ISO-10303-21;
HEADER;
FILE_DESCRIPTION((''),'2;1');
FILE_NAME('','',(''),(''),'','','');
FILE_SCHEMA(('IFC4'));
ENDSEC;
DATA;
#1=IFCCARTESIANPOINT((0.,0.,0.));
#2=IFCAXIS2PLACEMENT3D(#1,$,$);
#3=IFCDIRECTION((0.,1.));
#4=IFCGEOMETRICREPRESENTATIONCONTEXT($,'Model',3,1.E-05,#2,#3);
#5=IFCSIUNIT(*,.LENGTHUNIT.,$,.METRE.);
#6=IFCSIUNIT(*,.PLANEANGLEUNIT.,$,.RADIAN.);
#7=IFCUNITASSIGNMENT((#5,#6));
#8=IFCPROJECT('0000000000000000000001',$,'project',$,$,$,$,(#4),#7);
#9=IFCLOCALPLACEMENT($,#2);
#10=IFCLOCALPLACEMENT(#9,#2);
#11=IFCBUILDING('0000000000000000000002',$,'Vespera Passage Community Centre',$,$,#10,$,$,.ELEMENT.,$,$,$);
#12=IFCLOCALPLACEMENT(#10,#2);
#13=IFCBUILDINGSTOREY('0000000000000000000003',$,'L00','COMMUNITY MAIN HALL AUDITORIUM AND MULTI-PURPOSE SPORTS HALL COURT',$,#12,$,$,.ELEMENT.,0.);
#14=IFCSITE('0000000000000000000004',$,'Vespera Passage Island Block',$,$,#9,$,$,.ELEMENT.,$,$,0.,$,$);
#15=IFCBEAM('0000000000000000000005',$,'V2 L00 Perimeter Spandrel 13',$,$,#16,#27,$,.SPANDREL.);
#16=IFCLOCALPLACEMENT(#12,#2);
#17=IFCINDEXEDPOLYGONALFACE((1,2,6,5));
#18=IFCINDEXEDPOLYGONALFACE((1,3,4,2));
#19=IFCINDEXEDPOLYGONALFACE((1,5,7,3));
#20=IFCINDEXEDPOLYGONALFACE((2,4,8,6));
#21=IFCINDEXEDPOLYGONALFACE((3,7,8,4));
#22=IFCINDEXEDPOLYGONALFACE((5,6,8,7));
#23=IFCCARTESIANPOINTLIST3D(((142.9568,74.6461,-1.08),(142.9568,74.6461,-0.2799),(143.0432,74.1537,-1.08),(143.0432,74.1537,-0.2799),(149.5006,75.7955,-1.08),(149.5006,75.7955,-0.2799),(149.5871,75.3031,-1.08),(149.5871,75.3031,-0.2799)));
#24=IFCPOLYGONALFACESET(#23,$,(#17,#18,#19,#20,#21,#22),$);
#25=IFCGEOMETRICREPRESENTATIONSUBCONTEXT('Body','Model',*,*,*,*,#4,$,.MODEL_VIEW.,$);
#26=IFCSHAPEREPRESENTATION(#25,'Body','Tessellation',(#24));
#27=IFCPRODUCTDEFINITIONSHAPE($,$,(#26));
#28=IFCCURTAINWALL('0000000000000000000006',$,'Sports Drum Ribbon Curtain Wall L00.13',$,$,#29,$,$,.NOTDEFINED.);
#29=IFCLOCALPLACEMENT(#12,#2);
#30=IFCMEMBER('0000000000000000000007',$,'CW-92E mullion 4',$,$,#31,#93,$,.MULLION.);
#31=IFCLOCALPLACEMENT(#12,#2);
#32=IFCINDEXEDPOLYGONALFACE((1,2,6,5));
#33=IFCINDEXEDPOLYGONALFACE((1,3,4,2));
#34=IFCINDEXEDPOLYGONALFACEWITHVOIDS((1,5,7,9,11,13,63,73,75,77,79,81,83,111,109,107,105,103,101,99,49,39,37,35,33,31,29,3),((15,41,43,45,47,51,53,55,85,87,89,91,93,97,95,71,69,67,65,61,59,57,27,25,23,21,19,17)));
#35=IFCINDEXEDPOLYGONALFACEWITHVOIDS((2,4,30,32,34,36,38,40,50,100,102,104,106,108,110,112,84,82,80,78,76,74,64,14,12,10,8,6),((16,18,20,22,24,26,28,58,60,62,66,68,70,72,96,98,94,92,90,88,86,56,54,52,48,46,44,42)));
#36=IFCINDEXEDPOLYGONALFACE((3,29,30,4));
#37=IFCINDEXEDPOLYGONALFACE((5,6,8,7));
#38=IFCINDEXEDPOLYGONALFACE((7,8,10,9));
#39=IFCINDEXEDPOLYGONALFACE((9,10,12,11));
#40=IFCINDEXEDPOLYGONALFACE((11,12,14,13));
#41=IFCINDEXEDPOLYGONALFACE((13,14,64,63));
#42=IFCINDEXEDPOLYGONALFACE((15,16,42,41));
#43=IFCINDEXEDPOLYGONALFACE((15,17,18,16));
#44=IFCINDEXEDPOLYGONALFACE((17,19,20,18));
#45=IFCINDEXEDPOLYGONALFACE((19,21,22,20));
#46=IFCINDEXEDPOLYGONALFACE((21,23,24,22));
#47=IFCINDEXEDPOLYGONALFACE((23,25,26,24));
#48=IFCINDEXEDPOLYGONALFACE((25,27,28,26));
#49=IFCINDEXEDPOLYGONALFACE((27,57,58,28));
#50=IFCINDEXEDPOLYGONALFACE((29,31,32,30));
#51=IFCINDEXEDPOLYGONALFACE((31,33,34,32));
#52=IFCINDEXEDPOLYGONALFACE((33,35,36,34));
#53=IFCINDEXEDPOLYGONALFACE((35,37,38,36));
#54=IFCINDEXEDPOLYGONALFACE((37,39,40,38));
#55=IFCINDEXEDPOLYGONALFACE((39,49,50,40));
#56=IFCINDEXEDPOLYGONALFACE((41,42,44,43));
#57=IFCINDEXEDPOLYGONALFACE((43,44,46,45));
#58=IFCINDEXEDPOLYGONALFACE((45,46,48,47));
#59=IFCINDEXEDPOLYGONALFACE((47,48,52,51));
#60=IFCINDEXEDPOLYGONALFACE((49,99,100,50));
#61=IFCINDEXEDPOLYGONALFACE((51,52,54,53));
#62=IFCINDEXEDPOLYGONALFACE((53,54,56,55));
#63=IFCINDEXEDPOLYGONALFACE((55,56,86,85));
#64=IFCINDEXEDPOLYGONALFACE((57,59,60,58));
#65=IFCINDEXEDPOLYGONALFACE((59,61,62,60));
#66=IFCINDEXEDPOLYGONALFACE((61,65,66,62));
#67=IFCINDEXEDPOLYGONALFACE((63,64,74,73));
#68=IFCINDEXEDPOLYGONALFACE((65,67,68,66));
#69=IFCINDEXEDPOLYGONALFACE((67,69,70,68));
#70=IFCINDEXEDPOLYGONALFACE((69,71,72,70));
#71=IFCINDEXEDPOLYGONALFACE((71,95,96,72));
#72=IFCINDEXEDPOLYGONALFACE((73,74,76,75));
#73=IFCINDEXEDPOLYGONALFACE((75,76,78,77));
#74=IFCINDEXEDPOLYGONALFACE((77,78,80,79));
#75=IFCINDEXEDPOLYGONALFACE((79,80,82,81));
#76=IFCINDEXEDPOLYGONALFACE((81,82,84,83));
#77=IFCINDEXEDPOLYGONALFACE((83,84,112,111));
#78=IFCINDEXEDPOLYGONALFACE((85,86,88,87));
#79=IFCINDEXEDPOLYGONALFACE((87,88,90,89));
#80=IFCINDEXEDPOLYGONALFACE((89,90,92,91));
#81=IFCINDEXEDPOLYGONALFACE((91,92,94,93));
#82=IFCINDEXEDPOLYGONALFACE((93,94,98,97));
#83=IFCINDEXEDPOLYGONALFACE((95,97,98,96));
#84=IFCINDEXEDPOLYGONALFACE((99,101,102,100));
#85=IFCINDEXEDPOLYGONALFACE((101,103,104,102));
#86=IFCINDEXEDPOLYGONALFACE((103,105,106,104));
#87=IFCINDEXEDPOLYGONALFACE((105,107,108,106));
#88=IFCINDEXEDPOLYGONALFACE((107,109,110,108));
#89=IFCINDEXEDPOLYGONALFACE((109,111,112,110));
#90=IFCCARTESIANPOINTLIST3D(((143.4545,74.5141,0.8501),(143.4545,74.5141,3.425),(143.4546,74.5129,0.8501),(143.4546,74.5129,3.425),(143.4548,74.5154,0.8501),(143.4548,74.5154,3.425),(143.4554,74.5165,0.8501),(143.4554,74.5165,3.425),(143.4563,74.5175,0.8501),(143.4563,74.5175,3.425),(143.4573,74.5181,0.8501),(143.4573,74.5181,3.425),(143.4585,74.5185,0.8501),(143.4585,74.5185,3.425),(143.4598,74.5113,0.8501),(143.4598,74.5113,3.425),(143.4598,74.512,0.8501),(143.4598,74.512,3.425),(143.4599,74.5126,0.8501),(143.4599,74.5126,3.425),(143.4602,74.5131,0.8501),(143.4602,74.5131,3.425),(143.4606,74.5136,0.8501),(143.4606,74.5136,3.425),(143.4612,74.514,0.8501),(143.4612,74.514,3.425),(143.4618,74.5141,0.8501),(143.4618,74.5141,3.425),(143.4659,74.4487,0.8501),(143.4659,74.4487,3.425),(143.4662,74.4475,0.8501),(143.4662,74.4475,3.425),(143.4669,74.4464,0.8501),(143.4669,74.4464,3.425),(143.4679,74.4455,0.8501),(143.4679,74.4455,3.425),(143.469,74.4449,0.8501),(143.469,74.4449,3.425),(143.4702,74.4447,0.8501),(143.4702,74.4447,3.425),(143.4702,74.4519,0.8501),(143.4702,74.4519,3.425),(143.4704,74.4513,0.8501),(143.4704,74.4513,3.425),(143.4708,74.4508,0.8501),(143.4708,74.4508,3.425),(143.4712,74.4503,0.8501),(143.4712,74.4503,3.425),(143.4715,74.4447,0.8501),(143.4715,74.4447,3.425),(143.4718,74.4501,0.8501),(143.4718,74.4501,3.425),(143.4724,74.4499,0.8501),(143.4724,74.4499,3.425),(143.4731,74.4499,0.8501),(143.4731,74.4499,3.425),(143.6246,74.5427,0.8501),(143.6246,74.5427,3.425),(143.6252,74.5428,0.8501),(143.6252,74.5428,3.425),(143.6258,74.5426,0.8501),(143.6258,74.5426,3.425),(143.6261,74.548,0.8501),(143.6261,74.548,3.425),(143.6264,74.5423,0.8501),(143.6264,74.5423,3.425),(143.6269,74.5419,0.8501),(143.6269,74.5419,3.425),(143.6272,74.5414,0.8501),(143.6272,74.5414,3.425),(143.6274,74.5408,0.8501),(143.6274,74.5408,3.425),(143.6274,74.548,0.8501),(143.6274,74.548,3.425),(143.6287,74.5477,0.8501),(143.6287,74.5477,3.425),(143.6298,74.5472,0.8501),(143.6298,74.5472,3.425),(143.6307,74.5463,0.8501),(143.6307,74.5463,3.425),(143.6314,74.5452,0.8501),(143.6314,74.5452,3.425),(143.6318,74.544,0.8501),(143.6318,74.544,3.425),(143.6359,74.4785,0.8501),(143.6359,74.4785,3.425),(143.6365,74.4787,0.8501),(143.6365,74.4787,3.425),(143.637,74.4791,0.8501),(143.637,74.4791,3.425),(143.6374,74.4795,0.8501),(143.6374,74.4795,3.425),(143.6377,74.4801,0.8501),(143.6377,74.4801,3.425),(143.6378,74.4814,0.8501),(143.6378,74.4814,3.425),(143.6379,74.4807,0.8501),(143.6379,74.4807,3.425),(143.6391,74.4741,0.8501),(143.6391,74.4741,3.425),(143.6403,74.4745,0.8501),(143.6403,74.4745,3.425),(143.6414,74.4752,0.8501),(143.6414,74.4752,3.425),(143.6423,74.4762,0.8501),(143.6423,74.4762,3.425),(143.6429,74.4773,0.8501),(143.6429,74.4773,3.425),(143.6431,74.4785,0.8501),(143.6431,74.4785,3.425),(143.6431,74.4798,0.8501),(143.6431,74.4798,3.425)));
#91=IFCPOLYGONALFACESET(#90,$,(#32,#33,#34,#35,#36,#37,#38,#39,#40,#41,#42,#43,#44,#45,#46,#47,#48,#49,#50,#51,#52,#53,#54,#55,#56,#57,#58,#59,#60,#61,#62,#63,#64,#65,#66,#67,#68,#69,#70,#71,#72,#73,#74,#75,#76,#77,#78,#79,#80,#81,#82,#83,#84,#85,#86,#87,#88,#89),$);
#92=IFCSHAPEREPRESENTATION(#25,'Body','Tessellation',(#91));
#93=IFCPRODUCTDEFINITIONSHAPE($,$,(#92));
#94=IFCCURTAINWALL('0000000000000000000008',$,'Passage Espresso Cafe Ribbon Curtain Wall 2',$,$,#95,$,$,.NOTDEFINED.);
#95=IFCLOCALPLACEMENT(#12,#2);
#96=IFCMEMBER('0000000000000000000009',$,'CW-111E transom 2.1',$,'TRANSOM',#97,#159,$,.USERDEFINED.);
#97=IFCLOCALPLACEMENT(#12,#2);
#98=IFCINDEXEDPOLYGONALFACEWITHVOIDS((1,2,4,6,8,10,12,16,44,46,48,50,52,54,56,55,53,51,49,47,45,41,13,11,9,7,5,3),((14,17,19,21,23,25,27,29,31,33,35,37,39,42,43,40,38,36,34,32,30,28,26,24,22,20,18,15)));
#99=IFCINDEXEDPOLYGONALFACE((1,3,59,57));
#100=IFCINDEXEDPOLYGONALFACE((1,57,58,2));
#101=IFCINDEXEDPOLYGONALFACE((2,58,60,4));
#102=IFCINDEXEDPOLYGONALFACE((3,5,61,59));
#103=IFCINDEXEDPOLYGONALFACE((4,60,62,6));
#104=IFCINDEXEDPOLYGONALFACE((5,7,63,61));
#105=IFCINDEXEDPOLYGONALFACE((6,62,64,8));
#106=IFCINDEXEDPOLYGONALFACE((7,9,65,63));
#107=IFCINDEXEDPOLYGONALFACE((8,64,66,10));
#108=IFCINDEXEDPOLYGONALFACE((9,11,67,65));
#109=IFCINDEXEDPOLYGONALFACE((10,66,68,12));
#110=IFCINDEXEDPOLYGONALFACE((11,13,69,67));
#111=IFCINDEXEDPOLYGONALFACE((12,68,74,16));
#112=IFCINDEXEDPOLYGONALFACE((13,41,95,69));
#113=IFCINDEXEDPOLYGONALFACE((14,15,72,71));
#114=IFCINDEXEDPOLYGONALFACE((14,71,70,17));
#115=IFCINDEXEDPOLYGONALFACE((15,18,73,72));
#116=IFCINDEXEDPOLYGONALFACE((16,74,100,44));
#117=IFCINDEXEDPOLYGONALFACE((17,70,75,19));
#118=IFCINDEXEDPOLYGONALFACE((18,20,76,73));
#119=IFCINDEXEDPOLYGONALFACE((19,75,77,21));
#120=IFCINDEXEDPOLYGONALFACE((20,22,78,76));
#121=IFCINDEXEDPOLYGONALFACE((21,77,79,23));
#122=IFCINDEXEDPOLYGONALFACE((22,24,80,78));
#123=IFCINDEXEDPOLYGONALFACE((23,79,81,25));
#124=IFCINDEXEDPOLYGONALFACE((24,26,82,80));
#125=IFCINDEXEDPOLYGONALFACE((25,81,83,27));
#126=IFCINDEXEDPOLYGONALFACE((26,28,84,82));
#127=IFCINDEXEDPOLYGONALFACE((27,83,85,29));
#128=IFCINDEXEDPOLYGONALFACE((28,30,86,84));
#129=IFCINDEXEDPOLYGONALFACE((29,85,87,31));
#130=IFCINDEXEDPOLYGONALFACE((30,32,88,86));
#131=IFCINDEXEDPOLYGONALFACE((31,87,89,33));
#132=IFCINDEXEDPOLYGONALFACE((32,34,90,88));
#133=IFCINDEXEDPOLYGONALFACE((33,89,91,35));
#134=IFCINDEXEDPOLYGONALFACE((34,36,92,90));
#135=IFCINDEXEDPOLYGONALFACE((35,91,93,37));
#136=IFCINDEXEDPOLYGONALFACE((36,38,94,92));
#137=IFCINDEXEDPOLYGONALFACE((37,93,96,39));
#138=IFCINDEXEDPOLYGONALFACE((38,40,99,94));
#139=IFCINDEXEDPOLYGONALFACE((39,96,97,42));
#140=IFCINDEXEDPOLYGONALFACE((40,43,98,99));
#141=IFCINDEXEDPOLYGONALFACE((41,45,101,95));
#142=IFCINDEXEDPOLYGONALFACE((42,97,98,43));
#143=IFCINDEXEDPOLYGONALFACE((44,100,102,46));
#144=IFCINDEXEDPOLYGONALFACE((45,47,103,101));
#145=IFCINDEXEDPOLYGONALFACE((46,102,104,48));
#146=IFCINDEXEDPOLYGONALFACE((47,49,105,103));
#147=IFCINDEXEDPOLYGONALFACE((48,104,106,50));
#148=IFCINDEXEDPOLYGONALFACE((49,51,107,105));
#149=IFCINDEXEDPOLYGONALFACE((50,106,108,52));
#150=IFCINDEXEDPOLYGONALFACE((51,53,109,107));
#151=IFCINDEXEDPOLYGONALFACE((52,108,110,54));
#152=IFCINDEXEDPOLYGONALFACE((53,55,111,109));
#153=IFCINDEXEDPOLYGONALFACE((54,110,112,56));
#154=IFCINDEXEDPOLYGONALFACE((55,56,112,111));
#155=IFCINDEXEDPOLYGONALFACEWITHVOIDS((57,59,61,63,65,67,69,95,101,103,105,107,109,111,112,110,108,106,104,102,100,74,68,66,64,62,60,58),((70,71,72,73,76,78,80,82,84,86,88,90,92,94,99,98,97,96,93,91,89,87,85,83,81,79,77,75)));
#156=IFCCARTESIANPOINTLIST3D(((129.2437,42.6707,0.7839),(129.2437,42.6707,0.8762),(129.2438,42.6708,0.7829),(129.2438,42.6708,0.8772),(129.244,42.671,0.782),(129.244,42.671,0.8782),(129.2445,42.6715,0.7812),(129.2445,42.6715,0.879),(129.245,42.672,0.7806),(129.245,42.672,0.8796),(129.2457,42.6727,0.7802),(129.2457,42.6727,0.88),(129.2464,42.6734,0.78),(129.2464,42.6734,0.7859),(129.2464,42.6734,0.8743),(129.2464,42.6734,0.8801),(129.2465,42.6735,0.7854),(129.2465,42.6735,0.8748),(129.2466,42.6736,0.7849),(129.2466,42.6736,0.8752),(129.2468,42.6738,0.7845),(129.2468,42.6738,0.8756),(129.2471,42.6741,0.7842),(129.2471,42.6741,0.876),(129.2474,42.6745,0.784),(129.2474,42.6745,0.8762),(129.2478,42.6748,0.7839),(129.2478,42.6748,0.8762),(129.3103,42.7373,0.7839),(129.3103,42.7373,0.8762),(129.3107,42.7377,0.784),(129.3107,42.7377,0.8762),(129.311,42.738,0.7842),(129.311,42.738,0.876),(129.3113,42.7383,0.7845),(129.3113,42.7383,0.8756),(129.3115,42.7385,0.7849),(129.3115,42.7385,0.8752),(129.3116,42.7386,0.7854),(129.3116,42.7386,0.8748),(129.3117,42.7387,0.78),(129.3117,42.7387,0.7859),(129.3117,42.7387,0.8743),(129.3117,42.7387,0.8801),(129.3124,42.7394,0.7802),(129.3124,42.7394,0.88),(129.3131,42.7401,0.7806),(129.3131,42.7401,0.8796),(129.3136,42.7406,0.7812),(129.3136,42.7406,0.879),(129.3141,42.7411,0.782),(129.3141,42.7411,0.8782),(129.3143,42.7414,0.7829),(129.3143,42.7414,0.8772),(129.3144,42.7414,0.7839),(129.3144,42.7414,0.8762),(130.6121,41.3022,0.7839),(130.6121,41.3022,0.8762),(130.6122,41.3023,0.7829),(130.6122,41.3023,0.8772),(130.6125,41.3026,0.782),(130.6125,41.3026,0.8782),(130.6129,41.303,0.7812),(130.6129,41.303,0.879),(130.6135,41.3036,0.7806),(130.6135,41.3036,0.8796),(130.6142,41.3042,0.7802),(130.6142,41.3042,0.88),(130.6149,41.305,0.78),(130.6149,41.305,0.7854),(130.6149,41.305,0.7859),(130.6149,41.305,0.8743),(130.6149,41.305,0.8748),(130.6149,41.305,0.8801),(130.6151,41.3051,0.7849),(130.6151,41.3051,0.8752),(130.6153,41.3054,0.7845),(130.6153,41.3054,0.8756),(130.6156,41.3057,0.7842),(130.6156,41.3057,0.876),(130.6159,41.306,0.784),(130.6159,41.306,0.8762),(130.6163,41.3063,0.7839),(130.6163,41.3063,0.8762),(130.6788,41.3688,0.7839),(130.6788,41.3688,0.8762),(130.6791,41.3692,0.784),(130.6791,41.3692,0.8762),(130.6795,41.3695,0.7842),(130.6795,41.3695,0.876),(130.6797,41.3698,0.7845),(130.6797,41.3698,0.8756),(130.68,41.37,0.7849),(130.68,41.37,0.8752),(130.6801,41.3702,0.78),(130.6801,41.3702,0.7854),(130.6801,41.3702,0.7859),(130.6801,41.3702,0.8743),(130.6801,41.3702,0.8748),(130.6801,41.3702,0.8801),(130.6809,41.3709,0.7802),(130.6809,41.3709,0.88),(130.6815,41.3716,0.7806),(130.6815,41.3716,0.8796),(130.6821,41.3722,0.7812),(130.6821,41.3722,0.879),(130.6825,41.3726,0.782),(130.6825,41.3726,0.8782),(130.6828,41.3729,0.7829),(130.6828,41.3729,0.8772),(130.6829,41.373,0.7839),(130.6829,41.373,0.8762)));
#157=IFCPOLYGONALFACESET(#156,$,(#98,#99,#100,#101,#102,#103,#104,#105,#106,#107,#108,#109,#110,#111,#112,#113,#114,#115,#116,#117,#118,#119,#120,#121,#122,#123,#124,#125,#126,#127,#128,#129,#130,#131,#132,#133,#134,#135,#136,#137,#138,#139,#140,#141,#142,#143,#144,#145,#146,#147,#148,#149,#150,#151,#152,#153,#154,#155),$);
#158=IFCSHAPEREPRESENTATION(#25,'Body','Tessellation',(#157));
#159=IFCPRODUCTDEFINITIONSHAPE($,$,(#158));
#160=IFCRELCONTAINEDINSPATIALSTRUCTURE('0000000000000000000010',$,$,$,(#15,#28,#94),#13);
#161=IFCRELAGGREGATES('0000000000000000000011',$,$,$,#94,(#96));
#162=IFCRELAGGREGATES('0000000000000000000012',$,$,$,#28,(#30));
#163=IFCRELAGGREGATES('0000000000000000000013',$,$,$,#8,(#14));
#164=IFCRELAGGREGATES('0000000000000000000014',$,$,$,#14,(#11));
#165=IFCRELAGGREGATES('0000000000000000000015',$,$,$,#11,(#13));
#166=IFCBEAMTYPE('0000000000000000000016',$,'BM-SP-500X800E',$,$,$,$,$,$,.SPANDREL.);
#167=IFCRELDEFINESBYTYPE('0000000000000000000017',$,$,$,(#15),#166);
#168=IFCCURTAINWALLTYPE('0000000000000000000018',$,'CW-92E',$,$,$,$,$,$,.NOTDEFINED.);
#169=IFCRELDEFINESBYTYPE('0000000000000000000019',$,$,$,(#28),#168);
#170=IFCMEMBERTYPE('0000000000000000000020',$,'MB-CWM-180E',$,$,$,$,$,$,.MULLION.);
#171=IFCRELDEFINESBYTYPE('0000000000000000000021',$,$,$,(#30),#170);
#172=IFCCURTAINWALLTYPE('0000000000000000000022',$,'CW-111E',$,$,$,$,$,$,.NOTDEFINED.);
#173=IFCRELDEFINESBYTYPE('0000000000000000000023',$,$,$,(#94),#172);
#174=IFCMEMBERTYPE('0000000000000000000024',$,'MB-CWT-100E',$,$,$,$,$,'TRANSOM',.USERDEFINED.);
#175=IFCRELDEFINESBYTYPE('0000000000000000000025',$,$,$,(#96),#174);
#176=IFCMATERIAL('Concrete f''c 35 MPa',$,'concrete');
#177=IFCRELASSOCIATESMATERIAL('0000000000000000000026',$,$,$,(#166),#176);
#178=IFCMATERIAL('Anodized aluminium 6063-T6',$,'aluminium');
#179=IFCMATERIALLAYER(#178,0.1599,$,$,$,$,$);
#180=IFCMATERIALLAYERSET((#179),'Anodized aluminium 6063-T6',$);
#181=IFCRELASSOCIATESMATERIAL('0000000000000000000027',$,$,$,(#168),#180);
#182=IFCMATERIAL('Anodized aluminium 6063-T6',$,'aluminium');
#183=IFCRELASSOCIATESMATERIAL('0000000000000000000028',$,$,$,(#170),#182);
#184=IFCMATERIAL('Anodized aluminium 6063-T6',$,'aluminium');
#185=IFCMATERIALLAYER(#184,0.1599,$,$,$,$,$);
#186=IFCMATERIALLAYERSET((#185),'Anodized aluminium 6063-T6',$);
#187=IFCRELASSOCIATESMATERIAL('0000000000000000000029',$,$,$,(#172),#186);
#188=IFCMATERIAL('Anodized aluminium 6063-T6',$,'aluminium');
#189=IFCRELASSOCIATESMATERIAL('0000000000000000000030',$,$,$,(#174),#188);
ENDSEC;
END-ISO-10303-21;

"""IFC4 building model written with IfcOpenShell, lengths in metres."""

from ifc_helpers import new_model, si_unit, direction, frame, origin, origin_2d, place, context, subcontext, project, spatial, rectangle, hollow_rectangle, extrude, material, layer, layer_set, material_profile, profile_set, type_object, element, aggregate, save


model = new_model("IFC4")

# Units and contexts
model_context = context("Model", 3, precision=1e-05, world=origin(), true_north=direction((0.0, 1.0)))
body_context = subcontext(model_context, "Body", "Model", "MODEL_VIEW")
ifc_project = project(units=[si_unit("LENGTHUNIT", "METRE"), si_unit("PLANEANGLEUNIT", "RADIAN")], contexts=[model_context])

# Site, building, storey
site_placement = place(None, origin())
site = spatial("IfcSite", under=ifc_project, at=site_placement, Name="Vespera Passage Island Block", CompositionType="ELEMENT", RefElevation=0.0)
building_placement = place(site_placement, origin())
building = spatial("IfcBuilding", under=site, at=building_placement, Name="Vespera Passage Community Centre", CompositionType="ELEMENT")
storey_placement = place(building_placement, origin())
storey = spatial("IfcBuildingStorey", under=building, at=storey_placement, Name="L00", Description="COMMUNITY MAIN HALL AUDITORIUM AND MULTI-PURPOSE SPORTS HALL COURT", CompositionType="ELEMENT", Elevation=0.0)

# Beam
ifc_material_1 = material(Name="Concrete f'c 35 MPa", Category="concrete")
ifc_material_profile_1 = material_profile(ifc_material_1, rectangle(XDim=0.5, YDim=0.8, at=origin_2d()), Name="RC500X800")
ifc_profile_set_1 = profile_set([ifc_material_profile_1], Name="Concrete f'c 35 MPa")
beam_type_1 = type_object("IfcBeamType", Name="BM-SP-500X800E", PredefinedType="SPANDREL", material=ifc_profile_set_1)
beam_1_placement = place(storey_placement, frame((143.0, 74.3999, -0.6799), z_axis=(0.984922, 0.172997, 0.0), x_axis=(-0.172997, 0.984922, 0.0)))
element("IfcBeam", 1, at=beam_1_placement, inside=storey, type_object=beam_type_1, Name="V2 L00 Perimeter Spandrel 13", PredefinedType="SPANDREL", context=body_context, shape_type="SweptSolid", body=[
    extrude(rectangle(XDim=0.5, YDim=0.8, at=origin_2d()), origin(), (0.0, 0.0, 1.0), 6.644),
])

# Curtain wall, member
ifc_material_2 = material(Name="Anodized aluminium 6063-T6", Category="aluminium")
ifc_layer_1 = layer(ifc_material_2, 0.1599)
ifc_layer_set_1 = layer_set([ifc_layer_1], Name="Anodized aluminium 6063-T6")
curtain_wall_type_1 = type_object("IfcCurtainWallType", Name="CW-92E", PredefinedType="NOTDEFINED", material=ifc_layer_set_1)
curtain_wall_1_placement = place(storey_placement, origin())
curtain_wall_1 = element("IfcCurtainWall", 2, at=curtain_wall_1_placement, inside=storey, type_object=curtain_wall_type_1, Name="Sports Drum Ribbon Curtain Wall L00.13", PredefinedType="NOTDEFINED")
ifc_material_3 = material(Name="Anodized aluminium 6063-T6", Category="aluminium")
ifc_material_profile_2 = material_profile(ifc_material_3, hollow_rectangle(XDim=0.075, YDim=0.1799, WallThickness=0.0049, InnerFilletRadius=0.0024, OuterFilletRadius=0.0049, at=origin_2d()), Name="ALU180X75X5")
ifc_profile_set_2 = profile_set([ifc_material_profile_2], Name="Anodized aluminium 6063-T6")
member_type_1 = type_object("IfcMemberType", Name="MB-CWM-180E", PredefinedType="MULLION", material=ifc_profile_set_2)
member_1_placement = place(storey_placement, frame((143.5488, 74.4963, 0.8501), z_axis=(0.0, 0.0, 1.0), x_axis=(0.172994, -0.984923, 0.0)))
member_1 = element("IfcMember", 3, at=member_1_placement, type_object=member_type_1, Name="CW-92E mullion 4", PredefinedType="MULLION", context=body_context, shape_type="SweptSolid", body=[
    extrude(hollow_rectangle(XDim=0.075, YDim=0.1799, WallThickness=0.0049, InnerFilletRadius=0.0024, OuterFilletRadius=0.0049, at=origin_2d()), origin(), (0.0, 0.0, 1.0), 2.575),
])

# Curtain wall, member
ifc_material_4 = material(Name="Anodized aluminium 6063-T6", Category="aluminium")
ifc_layer_2 = layer(ifc_material_4, 0.1599)
ifc_layer_set_2 = layer_set([ifc_layer_2], Name="Anodized aluminium 6063-T6")
curtain_wall_type_2 = type_object("IfcCurtainWallType", Name="CW-111E", PredefinedType="NOTDEFINED", material=ifc_layer_set_2)
curtain_wall_2_placement = place(storey_placement, origin())
curtain_wall_2 = element("IfcCurtainWall", 4, at=curtain_wall_2_placement, inside=storey, type_object=curtain_wall_type_2, Name="Passage Espresso Cafe Ribbon Curtain Wall 2", PredefinedType="NOTDEFINED")
ifc_material_5 = material(Name="Anodized aluminium 6063-T6", Category="aluminium")
ifc_material_profile_3 = material_profile(ifc_material_5, hollow_rectangle(XDim=0.1001, YDim=0.1001, WallThickness=0.0039, InnerFilletRadius=0.002, OuterFilletRadius=0.0039, at=origin_2d()), Name="ALU100X100X4")
ifc_profile_set_3 = profile_set([ifc_material_profile_3], Name="Anodized aluminium 6063-T6")
member_type_2 = type_object("IfcMemberType", Name="MB-CWT-100E", ElementType="TRANSOM", PredefinedType="USERDEFINED", material=ifc_profile_set_3)
member_2_placement = place(storey_placement, frame((129.2791, 42.7061, 0.8301), z_axis=(0.707107, -0.707107, 0.0), x_axis=(0.707107, 0.707107, 0.0)))
member_2 = element("IfcMember", 5, at=member_2_placement, type_object=member_type_2, Name="CW-111E transom 2.1", ObjectType="TRANSOM", PredefinedType="USERDEFINED", context=body_context, shape_type="SweptSolid", body=[
    extrude(hollow_rectangle(XDim=0.1001, YDim=0.1001, WallThickness=0.0039, InnerFilletRadius=0.002, OuterFilletRadius=0.0039, at=origin_2d()), origin(), (0.0, 0.0, 1.0), 1.9353),
])

aggregate(curtain_wall_2, [member_2])
aggregate(curtain_wall_1, [member_1])

save(model, "model.ifc")
